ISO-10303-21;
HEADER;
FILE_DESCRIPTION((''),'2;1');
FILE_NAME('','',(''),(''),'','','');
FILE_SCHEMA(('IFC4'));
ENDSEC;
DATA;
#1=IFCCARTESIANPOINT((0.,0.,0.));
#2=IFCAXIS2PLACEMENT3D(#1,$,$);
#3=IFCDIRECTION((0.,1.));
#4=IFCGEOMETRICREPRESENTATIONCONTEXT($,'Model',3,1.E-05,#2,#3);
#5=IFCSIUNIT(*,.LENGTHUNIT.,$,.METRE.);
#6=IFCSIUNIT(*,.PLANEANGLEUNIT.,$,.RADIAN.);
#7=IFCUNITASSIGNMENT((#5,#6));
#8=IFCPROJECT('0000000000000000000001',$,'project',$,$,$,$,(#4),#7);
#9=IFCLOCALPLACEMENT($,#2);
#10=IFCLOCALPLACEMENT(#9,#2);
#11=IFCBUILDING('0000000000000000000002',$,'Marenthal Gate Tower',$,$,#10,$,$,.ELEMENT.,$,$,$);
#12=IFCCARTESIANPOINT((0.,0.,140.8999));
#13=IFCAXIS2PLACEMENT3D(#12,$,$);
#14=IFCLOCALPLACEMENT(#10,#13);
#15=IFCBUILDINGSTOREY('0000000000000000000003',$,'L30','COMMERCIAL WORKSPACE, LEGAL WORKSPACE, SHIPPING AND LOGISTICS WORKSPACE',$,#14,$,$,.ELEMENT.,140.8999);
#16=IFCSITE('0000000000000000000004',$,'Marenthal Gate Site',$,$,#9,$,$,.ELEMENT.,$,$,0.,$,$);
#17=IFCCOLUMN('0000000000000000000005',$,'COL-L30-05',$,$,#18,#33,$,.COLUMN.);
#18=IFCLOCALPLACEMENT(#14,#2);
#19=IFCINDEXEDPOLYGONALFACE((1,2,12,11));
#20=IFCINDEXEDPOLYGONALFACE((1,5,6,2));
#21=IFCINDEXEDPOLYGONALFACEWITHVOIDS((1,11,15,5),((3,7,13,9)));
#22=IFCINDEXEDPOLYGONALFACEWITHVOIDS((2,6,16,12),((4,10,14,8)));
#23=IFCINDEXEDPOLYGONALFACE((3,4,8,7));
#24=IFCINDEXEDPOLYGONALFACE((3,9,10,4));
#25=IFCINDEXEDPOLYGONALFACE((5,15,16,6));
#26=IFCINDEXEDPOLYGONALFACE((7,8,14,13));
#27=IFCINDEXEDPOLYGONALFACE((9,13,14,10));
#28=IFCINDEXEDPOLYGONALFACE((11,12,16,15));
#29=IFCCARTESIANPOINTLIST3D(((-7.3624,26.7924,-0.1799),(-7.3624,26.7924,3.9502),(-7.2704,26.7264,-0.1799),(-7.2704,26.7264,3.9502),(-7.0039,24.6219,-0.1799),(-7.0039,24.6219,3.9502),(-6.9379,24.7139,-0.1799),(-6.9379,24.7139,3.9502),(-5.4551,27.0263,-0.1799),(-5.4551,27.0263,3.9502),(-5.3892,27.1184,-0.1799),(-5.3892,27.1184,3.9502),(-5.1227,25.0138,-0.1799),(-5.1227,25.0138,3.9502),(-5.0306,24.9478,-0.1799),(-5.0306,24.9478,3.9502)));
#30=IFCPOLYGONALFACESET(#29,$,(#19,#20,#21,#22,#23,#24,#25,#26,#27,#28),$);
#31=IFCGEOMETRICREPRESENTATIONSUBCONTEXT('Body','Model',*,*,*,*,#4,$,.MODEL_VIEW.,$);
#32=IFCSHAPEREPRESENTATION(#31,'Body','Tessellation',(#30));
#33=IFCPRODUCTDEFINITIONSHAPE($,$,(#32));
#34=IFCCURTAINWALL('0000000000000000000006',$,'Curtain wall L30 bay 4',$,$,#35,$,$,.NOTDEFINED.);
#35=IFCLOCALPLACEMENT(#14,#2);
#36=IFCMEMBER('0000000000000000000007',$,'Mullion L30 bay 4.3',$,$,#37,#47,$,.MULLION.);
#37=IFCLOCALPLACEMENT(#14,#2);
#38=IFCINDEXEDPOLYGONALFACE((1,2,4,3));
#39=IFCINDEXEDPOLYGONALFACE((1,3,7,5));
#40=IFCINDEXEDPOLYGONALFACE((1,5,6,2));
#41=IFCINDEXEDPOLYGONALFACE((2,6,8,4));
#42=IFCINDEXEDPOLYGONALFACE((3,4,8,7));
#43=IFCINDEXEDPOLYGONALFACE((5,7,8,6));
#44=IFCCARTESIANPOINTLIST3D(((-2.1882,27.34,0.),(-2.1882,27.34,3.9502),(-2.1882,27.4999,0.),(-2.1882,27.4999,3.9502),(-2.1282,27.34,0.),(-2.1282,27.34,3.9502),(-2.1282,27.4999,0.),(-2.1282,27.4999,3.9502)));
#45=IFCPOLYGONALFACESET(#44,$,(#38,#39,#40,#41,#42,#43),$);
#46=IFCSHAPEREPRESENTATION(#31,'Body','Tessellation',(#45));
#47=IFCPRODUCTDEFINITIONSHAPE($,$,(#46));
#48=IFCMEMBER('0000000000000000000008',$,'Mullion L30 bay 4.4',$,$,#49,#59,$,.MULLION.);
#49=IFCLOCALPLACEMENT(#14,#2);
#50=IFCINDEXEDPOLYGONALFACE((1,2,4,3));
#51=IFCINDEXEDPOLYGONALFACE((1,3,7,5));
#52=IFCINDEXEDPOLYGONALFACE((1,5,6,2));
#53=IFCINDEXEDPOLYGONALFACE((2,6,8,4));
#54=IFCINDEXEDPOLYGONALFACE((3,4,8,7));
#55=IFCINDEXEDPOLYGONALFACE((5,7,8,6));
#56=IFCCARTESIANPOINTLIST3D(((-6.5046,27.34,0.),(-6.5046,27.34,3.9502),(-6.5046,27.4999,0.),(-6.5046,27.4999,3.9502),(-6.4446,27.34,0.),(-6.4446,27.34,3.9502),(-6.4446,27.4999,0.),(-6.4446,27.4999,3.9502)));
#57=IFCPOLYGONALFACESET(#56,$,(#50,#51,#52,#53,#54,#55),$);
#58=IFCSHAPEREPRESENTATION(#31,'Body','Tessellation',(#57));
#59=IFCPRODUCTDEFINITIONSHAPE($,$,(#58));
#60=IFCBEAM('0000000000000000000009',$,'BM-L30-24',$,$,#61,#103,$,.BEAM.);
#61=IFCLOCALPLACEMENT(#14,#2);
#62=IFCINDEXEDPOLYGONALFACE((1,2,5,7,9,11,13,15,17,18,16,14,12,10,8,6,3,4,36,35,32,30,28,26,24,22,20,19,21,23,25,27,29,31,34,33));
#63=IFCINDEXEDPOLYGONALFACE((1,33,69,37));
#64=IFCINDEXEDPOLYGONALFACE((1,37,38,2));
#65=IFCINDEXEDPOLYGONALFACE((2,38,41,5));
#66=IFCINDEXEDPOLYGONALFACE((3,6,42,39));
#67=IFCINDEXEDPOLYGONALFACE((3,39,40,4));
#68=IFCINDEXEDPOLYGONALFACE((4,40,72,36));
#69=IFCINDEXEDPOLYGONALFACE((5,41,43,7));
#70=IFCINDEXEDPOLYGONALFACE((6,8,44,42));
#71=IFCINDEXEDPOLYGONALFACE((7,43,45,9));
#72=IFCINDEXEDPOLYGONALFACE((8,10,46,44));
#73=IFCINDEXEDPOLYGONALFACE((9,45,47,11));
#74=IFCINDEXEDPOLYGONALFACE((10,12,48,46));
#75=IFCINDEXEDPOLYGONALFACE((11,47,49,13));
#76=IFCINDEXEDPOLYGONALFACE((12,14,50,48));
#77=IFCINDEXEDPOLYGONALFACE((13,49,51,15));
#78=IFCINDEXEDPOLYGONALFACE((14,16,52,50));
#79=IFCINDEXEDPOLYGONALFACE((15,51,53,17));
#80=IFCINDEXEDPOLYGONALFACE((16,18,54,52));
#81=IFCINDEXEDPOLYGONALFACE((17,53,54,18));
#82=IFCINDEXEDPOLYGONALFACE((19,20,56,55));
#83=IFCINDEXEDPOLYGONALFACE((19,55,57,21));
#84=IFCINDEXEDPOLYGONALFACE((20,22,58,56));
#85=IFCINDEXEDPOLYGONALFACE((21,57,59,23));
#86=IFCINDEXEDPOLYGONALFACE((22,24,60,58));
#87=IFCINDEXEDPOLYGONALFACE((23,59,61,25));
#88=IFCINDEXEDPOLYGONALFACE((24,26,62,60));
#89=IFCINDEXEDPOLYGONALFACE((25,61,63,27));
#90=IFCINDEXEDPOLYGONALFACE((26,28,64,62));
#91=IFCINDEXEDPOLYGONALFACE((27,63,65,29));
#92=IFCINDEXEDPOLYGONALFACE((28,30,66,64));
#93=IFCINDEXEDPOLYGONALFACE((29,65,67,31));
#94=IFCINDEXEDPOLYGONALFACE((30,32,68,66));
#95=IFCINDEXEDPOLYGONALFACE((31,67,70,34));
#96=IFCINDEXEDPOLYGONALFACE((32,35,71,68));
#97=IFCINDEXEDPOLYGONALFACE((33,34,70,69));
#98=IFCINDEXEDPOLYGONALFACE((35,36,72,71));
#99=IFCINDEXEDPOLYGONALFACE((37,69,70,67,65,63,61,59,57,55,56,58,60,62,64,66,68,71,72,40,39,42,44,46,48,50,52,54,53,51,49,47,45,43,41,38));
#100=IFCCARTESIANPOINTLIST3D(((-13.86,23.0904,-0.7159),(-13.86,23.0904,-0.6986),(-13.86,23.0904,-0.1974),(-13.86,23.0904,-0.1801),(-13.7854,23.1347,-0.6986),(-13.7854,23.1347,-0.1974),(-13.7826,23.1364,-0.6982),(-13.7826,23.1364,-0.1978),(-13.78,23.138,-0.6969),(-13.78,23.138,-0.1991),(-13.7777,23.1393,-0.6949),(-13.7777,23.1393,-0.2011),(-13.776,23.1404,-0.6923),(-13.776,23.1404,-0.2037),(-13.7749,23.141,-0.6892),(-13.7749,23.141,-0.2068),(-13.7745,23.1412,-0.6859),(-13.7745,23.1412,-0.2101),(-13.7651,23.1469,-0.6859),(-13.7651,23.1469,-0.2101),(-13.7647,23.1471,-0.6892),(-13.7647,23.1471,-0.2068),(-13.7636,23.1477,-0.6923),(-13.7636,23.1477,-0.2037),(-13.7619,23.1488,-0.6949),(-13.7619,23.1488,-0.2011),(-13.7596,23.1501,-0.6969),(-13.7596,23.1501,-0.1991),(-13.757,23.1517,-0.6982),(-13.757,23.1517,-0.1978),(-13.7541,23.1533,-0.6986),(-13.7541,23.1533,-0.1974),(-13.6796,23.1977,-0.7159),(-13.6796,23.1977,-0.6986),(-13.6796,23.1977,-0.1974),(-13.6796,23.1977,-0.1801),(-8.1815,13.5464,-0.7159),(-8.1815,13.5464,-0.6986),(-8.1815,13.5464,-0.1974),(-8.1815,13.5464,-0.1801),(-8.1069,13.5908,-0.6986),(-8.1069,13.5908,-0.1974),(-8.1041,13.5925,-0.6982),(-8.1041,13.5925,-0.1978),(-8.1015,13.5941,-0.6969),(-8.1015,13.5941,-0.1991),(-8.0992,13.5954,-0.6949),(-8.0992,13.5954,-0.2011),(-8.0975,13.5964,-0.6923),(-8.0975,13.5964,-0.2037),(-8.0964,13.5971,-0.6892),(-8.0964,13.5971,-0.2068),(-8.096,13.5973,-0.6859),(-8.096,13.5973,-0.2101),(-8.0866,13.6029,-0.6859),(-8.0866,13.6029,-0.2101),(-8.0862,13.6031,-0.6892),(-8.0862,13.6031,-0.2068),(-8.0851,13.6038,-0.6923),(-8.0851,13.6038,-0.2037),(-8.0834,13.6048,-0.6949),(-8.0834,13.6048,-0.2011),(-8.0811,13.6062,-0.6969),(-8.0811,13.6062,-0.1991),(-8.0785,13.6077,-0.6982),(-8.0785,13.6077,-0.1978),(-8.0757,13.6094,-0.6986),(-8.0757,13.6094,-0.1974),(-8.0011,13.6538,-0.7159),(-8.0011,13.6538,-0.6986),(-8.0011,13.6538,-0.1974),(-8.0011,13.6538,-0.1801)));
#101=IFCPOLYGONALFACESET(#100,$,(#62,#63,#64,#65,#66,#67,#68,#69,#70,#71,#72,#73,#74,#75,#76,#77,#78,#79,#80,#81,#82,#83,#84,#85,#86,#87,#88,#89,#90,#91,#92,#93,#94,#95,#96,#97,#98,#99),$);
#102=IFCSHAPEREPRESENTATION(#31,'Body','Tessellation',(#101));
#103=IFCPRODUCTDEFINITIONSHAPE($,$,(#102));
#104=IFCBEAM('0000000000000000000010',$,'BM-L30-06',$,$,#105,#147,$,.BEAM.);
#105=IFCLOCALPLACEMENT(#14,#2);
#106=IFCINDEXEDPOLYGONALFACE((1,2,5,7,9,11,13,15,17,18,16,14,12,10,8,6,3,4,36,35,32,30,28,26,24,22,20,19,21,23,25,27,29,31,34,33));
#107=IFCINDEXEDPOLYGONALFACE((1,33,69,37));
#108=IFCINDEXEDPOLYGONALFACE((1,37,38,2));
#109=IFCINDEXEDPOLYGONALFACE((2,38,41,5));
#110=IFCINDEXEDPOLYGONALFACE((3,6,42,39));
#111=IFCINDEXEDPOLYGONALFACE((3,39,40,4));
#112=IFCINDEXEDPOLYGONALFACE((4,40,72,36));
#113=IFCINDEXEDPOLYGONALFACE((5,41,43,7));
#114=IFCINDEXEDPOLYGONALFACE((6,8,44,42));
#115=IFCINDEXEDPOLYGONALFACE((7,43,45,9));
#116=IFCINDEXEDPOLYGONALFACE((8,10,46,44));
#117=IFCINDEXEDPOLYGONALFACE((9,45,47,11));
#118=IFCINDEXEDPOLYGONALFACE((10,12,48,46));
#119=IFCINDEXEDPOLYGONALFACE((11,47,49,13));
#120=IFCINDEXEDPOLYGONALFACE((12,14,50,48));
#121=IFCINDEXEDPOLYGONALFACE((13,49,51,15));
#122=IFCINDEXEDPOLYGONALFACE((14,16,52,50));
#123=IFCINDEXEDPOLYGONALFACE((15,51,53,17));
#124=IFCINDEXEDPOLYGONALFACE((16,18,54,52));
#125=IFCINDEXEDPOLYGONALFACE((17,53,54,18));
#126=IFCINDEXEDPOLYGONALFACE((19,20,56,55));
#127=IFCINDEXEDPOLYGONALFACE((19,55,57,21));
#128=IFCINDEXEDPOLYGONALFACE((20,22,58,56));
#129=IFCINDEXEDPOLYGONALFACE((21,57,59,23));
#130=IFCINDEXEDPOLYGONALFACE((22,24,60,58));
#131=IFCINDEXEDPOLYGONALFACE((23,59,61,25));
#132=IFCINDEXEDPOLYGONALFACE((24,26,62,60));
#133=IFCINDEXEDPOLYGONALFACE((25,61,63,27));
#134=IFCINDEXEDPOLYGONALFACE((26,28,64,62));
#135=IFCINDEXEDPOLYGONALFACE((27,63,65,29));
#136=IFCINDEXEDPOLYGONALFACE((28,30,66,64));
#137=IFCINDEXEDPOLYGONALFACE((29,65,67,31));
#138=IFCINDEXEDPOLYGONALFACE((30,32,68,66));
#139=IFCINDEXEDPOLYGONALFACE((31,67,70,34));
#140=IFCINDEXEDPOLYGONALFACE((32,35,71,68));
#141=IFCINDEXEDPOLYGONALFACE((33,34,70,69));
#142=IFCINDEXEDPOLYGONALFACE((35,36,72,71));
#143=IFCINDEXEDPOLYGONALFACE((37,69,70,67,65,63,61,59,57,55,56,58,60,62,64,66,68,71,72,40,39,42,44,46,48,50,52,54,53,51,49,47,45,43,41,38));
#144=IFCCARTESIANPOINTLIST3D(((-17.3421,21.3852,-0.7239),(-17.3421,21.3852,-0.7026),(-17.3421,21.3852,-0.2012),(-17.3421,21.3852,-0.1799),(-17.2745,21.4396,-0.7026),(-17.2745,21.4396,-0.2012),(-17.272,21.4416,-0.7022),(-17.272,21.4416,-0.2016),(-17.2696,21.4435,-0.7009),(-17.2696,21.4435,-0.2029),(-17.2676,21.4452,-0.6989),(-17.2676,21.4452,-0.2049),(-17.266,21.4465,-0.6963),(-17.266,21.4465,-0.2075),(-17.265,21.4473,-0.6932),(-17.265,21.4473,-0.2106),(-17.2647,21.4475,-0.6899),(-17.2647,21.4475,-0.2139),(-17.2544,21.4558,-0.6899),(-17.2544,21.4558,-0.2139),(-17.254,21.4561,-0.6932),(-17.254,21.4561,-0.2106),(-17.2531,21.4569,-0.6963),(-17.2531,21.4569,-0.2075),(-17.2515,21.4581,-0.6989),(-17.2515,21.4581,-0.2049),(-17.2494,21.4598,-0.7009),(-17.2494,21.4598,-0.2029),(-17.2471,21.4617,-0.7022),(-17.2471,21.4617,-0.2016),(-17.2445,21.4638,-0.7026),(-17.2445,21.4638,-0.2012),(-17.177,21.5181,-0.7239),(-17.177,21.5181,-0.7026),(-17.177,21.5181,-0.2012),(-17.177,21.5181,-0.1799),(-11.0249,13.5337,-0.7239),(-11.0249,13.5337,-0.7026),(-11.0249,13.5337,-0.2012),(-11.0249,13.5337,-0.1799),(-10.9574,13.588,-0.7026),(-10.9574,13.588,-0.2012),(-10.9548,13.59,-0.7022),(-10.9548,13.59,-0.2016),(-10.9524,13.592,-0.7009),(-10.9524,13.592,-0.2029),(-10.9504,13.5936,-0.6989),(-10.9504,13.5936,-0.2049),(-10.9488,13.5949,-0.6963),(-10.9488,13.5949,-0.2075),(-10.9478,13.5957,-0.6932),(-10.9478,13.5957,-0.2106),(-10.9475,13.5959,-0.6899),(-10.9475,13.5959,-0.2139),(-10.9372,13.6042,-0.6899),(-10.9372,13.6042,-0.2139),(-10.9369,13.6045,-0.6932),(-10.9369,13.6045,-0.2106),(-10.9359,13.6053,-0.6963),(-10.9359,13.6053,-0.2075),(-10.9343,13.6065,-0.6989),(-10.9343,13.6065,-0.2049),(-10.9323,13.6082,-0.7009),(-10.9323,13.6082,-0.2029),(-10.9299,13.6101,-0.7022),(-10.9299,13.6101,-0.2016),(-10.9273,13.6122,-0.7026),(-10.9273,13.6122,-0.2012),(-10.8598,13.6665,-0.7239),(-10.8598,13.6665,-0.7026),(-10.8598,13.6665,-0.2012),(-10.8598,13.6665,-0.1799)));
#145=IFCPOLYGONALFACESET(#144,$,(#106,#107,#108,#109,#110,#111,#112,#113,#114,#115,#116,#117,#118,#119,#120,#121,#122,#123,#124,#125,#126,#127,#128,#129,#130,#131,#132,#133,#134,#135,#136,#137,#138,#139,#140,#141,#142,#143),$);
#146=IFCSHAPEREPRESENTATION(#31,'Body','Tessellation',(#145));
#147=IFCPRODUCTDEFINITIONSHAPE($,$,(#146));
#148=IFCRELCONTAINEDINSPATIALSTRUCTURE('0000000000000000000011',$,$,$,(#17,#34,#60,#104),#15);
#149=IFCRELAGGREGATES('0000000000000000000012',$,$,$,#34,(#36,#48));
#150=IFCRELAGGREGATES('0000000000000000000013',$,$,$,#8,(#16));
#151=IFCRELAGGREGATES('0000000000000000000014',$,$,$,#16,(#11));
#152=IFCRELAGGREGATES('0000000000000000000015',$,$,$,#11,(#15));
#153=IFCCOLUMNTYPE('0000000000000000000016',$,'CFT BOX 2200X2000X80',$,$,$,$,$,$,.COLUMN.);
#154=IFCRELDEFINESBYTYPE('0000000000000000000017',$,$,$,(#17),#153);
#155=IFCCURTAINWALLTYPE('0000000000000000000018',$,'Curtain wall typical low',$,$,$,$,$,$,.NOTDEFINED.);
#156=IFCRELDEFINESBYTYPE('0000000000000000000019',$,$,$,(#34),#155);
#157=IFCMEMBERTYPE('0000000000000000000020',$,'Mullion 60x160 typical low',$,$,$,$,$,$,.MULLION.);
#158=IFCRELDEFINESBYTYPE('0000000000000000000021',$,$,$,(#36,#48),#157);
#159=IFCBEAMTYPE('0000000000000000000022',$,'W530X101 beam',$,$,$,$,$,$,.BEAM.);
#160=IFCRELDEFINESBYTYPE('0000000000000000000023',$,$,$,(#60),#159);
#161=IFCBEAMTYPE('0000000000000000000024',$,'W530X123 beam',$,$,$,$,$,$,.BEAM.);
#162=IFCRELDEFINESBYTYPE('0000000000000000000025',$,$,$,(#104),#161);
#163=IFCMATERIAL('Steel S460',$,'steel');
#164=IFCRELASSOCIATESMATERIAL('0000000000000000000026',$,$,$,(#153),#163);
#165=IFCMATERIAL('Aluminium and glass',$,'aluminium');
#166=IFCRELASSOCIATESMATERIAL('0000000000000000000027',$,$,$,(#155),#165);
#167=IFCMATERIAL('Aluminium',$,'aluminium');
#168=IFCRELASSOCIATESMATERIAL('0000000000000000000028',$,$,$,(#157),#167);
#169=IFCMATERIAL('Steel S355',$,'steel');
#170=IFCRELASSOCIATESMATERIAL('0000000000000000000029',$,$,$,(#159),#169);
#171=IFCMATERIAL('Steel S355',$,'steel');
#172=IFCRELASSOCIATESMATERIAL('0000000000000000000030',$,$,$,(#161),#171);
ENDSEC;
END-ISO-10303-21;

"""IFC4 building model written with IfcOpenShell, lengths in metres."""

from ifc_helpers import new_model, si_unit, direction, frame, origin, origin_2d, place, context, subcontext, project, spatial, rectangle, hollow_rectangle, i_section, extrude, material, material_profile, profile_set, type_object, element, aggregate, save


model = new_model("IFC4")

# Units and contexts
model_context = context("Model", 3, precision=1e-05, world=origin(), true_north=direction((0.0, 1.0)))
body_context = subcontext(model_context, "Body", "Model", "MODEL_VIEW")
ifc_project = project(units=[si_unit("LENGTHUNIT", "METRE"), si_unit("PLANEANGLEUNIT", "RADIAN")], contexts=[model_context])

# Site, building, storey
site_placement = place(None, origin())
site = spatial("IfcSite", under=ifc_project, at=site_placement, Name="Marenthal Gate Site", CompositionType="ELEMENT", RefElevation=0.0)
building_placement = place(site_placement, origin())
building = spatial("IfcBuilding", under=site, at=building_placement, Name="Marenthal Gate Tower", CompositionType="ELEMENT")
storey_placement = place(building_placement, frame((0.0, 0.0, 140.8999)))
storey = spatial("IfcBuildingStorey", under=building, at=storey_placement, Name="L30", Description="COMMERCIAL WORKSPACE, LEGAL WORKSPACE, SHIPPING AND LOGISTICS WORKSPACE", CompositionType="ELEMENT", Elevation=140.8999)

# Column
ifc_material_1 = material(Name="Steel S460", Category="steel")
ifc_material_profile_1 = material_profile(ifc_material_1, hollow_rectangle(XDim=2.0, YDim=2.2, WallThickness=0.0801, at=origin_2d()), Name="CFT BOX 2200X2000X80")
ifc_material_2 = material(Name="Concrete 70 MPa", Category="concrete")
ifc_material_profile_2 = material_profile(ifc_material_2, rectangle(XDim=1.8401, YDim=2.04, at=origin_2d()), Name="CFT BOX 2200X2000X80 INFILL")
ifc_profile_set_1 = profile_set([ifc_material_profile_1, ifc_material_profile_2], Name="Steel S460 shell, Concrete 70 MPa infill")
column_type = type_object("IfcColumnType", Name="CFT BOX 2200X2000X80", PredefinedType="COLUMN", material=ifc_profile_set_1)
column_placement = place(storey_placement, frame((-6.1965, 25.8701, -0.1799), z_axis=(0.0, 0.0, 1.0), x_axis=(0.986629, 0.16298, 0.0)))
element("IfcColumn", 1, at=column_placement, inside=storey, type_object=column_type, Name="COL-L30-05", PredefinedType="COLUMN", context=body_context, shape_type="SweptSolid", body=[
    extrude(hollow_rectangle(XDim=2.0, YDim=2.2, WallThickness=0.0801, at=origin_2d()), origin(), (0.0, 0.0, 1.0), 4.1301),
])

# Curtain wall, members
ifc_material_3 = material(Name="Aluminium and glass", Category="aluminium")
curtain_wall_type = type_object("IfcCurtainWallType", Name="Curtain wall typical low", PredefinedType="NOTDEFINED", material=ifc_material_3)
curtain_wall_placement = place(storey_placement, origin())
curtain_wall = element("IfcCurtainWall", 2, at=curtain_wall_placement, inside=storey, type_object=curtain_wall_type, Name="Curtain wall L30 bay 4", PredefinedType="NOTDEFINED")
ifc_material_4 = material(Name="Aluminium", Category="aluminium")
ifc_material_profile_3 = material_profile(ifc_material_4, rectangle(XDim=0.1599, YDim=0.0601, at=origin_2d()), Name="60x160 aluminium mullion")
ifc_profile_set_2 = profile_set([ifc_material_profile_3], Name="Aluminium")
member_type = type_object("IfcMemberType", Name="Mullion 60x160 typical low", PredefinedType="MULLION", material=ifc_profile_set_2)
member_1_placement = place(storey_placement, frame((-2.1582, 27.4199, 0.0), z_axis=(0.0, 0.0, 1.0), x_axis=(0.0, -1.0, 0.0)))
member_1 = element("IfcMember", 3, at=member_1_placement, type_object=member_type, Name="Mullion L30 bay 4.3", PredefinedType="MULLION", context=body_context, shape_type="SweptSolid", body=[
    extrude(rectangle(XDim=0.1599, YDim=0.0601, at=origin_2d()), origin(), (0.0, 0.0, 1.0), 3.9502),
])
member_2_placement = place(storey_placement, frame((-6.4746, 27.4199, 0.0), z_axis=(0.0, 0.0, 1.0), x_axis=(0.0, -1.0, 0.0)))
member_2 = element("IfcMember", 4, at=member_2_placement, type_object=member_type, Name="Mullion L30 bay 4.4", PredefinedType="MULLION", context=body_context, shape_type="SweptSolid", body=[
    extrude(rectangle(XDim=0.1599, YDim=0.0601, at=origin_2d()), origin(), (0.0, 0.0, 1.0), 3.9502),
])

# Beams
ifc_material_5 = material(Name="Steel S355", Category="steel")
ifc_material_profile_4 = material_profile(ifc_material_5, i_section(OverallWidth=0.21, OverallDepth=0.5359, WebThickness=0.011, FlangeThickness=0.0173, FilletRadius=0.0127, at=origin_2d()), Name="W530X101")
ifc_profile_set_3 = profile_set([ifc_material_profile_4], Name="Steel S355")
beam_type_1 = type_object("IfcBeamType", Name="W530X101 beam", PredefinedType="BEAM", material=ifc_profile_set_3)
beam_1_placement = place(storey_placement, frame((-13.7698, 23.144, -0.448), z_axis=(0.511321, -0.85939, 0.0), x_axis=(0.85939, 0.511321, 0.0)))
element("IfcBeam", 5, at=beam_1_placement, inside=storey, type_object=beam_type_1, Name="BM-L30-24", PredefinedType="BEAM", context=body_context, shape_type="SweptSolid", body=[
    extrude(i_section(OverallWidth=0.21, OverallDepth=0.5359, WebThickness=0.011, FlangeThickness=0.0173, FilletRadius=0.0127, at=origin_2d()), origin(), (0.0, 0.0, 1.0), 11.1055),
])
ifc_material_6 = material(Name="Steel S355", Category="steel")
ifc_material_profile_5 = material_profile(ifc_material_6, i_section(OverallWidth=0.2119, OverallDepth=0.5439, WebThickness=0.0132, FlangeThickness=0.0212, FilletRadius=0.0127, at=origin_2d()), Name="W530X123")
ifc_profile_set_4 = profile_set([ifc_material_profile_5], Name="Steel S355")
beam_type_2 = type_object("IfcBeamType", Name="W530X123 beam", PredefinedType="BEAM", material=ifc_profile_set_4)
beam_2_placement = place(storey_placement, frame((-17.2595, 21.4517, -0.4519), z_axis=(0.626864, -0.779129, 0.0), x_axis=(0.779129, 0.626864, 0.0)))
element("IfcBeam", 6, at=beam_2_placement, inside=storey, type_object=beam_type_2, Name="BM-L30-06", PredefinedType="BEAM", context=body_context, shape_type="SweptSolid", body=[
    extrude(i_section(OverallWidth=0.2119, OverallDepth=0.5439, WebThickness=0.0132, FlangeThickness=0.0212, FilletRadius=0.0127, at=origin_2d()), origin(), (0.0, 0.0, 1.0), 10.0774),
])

aggregate(curtain_wall, [member_1, member_2])

save(model, "model.ifc")
